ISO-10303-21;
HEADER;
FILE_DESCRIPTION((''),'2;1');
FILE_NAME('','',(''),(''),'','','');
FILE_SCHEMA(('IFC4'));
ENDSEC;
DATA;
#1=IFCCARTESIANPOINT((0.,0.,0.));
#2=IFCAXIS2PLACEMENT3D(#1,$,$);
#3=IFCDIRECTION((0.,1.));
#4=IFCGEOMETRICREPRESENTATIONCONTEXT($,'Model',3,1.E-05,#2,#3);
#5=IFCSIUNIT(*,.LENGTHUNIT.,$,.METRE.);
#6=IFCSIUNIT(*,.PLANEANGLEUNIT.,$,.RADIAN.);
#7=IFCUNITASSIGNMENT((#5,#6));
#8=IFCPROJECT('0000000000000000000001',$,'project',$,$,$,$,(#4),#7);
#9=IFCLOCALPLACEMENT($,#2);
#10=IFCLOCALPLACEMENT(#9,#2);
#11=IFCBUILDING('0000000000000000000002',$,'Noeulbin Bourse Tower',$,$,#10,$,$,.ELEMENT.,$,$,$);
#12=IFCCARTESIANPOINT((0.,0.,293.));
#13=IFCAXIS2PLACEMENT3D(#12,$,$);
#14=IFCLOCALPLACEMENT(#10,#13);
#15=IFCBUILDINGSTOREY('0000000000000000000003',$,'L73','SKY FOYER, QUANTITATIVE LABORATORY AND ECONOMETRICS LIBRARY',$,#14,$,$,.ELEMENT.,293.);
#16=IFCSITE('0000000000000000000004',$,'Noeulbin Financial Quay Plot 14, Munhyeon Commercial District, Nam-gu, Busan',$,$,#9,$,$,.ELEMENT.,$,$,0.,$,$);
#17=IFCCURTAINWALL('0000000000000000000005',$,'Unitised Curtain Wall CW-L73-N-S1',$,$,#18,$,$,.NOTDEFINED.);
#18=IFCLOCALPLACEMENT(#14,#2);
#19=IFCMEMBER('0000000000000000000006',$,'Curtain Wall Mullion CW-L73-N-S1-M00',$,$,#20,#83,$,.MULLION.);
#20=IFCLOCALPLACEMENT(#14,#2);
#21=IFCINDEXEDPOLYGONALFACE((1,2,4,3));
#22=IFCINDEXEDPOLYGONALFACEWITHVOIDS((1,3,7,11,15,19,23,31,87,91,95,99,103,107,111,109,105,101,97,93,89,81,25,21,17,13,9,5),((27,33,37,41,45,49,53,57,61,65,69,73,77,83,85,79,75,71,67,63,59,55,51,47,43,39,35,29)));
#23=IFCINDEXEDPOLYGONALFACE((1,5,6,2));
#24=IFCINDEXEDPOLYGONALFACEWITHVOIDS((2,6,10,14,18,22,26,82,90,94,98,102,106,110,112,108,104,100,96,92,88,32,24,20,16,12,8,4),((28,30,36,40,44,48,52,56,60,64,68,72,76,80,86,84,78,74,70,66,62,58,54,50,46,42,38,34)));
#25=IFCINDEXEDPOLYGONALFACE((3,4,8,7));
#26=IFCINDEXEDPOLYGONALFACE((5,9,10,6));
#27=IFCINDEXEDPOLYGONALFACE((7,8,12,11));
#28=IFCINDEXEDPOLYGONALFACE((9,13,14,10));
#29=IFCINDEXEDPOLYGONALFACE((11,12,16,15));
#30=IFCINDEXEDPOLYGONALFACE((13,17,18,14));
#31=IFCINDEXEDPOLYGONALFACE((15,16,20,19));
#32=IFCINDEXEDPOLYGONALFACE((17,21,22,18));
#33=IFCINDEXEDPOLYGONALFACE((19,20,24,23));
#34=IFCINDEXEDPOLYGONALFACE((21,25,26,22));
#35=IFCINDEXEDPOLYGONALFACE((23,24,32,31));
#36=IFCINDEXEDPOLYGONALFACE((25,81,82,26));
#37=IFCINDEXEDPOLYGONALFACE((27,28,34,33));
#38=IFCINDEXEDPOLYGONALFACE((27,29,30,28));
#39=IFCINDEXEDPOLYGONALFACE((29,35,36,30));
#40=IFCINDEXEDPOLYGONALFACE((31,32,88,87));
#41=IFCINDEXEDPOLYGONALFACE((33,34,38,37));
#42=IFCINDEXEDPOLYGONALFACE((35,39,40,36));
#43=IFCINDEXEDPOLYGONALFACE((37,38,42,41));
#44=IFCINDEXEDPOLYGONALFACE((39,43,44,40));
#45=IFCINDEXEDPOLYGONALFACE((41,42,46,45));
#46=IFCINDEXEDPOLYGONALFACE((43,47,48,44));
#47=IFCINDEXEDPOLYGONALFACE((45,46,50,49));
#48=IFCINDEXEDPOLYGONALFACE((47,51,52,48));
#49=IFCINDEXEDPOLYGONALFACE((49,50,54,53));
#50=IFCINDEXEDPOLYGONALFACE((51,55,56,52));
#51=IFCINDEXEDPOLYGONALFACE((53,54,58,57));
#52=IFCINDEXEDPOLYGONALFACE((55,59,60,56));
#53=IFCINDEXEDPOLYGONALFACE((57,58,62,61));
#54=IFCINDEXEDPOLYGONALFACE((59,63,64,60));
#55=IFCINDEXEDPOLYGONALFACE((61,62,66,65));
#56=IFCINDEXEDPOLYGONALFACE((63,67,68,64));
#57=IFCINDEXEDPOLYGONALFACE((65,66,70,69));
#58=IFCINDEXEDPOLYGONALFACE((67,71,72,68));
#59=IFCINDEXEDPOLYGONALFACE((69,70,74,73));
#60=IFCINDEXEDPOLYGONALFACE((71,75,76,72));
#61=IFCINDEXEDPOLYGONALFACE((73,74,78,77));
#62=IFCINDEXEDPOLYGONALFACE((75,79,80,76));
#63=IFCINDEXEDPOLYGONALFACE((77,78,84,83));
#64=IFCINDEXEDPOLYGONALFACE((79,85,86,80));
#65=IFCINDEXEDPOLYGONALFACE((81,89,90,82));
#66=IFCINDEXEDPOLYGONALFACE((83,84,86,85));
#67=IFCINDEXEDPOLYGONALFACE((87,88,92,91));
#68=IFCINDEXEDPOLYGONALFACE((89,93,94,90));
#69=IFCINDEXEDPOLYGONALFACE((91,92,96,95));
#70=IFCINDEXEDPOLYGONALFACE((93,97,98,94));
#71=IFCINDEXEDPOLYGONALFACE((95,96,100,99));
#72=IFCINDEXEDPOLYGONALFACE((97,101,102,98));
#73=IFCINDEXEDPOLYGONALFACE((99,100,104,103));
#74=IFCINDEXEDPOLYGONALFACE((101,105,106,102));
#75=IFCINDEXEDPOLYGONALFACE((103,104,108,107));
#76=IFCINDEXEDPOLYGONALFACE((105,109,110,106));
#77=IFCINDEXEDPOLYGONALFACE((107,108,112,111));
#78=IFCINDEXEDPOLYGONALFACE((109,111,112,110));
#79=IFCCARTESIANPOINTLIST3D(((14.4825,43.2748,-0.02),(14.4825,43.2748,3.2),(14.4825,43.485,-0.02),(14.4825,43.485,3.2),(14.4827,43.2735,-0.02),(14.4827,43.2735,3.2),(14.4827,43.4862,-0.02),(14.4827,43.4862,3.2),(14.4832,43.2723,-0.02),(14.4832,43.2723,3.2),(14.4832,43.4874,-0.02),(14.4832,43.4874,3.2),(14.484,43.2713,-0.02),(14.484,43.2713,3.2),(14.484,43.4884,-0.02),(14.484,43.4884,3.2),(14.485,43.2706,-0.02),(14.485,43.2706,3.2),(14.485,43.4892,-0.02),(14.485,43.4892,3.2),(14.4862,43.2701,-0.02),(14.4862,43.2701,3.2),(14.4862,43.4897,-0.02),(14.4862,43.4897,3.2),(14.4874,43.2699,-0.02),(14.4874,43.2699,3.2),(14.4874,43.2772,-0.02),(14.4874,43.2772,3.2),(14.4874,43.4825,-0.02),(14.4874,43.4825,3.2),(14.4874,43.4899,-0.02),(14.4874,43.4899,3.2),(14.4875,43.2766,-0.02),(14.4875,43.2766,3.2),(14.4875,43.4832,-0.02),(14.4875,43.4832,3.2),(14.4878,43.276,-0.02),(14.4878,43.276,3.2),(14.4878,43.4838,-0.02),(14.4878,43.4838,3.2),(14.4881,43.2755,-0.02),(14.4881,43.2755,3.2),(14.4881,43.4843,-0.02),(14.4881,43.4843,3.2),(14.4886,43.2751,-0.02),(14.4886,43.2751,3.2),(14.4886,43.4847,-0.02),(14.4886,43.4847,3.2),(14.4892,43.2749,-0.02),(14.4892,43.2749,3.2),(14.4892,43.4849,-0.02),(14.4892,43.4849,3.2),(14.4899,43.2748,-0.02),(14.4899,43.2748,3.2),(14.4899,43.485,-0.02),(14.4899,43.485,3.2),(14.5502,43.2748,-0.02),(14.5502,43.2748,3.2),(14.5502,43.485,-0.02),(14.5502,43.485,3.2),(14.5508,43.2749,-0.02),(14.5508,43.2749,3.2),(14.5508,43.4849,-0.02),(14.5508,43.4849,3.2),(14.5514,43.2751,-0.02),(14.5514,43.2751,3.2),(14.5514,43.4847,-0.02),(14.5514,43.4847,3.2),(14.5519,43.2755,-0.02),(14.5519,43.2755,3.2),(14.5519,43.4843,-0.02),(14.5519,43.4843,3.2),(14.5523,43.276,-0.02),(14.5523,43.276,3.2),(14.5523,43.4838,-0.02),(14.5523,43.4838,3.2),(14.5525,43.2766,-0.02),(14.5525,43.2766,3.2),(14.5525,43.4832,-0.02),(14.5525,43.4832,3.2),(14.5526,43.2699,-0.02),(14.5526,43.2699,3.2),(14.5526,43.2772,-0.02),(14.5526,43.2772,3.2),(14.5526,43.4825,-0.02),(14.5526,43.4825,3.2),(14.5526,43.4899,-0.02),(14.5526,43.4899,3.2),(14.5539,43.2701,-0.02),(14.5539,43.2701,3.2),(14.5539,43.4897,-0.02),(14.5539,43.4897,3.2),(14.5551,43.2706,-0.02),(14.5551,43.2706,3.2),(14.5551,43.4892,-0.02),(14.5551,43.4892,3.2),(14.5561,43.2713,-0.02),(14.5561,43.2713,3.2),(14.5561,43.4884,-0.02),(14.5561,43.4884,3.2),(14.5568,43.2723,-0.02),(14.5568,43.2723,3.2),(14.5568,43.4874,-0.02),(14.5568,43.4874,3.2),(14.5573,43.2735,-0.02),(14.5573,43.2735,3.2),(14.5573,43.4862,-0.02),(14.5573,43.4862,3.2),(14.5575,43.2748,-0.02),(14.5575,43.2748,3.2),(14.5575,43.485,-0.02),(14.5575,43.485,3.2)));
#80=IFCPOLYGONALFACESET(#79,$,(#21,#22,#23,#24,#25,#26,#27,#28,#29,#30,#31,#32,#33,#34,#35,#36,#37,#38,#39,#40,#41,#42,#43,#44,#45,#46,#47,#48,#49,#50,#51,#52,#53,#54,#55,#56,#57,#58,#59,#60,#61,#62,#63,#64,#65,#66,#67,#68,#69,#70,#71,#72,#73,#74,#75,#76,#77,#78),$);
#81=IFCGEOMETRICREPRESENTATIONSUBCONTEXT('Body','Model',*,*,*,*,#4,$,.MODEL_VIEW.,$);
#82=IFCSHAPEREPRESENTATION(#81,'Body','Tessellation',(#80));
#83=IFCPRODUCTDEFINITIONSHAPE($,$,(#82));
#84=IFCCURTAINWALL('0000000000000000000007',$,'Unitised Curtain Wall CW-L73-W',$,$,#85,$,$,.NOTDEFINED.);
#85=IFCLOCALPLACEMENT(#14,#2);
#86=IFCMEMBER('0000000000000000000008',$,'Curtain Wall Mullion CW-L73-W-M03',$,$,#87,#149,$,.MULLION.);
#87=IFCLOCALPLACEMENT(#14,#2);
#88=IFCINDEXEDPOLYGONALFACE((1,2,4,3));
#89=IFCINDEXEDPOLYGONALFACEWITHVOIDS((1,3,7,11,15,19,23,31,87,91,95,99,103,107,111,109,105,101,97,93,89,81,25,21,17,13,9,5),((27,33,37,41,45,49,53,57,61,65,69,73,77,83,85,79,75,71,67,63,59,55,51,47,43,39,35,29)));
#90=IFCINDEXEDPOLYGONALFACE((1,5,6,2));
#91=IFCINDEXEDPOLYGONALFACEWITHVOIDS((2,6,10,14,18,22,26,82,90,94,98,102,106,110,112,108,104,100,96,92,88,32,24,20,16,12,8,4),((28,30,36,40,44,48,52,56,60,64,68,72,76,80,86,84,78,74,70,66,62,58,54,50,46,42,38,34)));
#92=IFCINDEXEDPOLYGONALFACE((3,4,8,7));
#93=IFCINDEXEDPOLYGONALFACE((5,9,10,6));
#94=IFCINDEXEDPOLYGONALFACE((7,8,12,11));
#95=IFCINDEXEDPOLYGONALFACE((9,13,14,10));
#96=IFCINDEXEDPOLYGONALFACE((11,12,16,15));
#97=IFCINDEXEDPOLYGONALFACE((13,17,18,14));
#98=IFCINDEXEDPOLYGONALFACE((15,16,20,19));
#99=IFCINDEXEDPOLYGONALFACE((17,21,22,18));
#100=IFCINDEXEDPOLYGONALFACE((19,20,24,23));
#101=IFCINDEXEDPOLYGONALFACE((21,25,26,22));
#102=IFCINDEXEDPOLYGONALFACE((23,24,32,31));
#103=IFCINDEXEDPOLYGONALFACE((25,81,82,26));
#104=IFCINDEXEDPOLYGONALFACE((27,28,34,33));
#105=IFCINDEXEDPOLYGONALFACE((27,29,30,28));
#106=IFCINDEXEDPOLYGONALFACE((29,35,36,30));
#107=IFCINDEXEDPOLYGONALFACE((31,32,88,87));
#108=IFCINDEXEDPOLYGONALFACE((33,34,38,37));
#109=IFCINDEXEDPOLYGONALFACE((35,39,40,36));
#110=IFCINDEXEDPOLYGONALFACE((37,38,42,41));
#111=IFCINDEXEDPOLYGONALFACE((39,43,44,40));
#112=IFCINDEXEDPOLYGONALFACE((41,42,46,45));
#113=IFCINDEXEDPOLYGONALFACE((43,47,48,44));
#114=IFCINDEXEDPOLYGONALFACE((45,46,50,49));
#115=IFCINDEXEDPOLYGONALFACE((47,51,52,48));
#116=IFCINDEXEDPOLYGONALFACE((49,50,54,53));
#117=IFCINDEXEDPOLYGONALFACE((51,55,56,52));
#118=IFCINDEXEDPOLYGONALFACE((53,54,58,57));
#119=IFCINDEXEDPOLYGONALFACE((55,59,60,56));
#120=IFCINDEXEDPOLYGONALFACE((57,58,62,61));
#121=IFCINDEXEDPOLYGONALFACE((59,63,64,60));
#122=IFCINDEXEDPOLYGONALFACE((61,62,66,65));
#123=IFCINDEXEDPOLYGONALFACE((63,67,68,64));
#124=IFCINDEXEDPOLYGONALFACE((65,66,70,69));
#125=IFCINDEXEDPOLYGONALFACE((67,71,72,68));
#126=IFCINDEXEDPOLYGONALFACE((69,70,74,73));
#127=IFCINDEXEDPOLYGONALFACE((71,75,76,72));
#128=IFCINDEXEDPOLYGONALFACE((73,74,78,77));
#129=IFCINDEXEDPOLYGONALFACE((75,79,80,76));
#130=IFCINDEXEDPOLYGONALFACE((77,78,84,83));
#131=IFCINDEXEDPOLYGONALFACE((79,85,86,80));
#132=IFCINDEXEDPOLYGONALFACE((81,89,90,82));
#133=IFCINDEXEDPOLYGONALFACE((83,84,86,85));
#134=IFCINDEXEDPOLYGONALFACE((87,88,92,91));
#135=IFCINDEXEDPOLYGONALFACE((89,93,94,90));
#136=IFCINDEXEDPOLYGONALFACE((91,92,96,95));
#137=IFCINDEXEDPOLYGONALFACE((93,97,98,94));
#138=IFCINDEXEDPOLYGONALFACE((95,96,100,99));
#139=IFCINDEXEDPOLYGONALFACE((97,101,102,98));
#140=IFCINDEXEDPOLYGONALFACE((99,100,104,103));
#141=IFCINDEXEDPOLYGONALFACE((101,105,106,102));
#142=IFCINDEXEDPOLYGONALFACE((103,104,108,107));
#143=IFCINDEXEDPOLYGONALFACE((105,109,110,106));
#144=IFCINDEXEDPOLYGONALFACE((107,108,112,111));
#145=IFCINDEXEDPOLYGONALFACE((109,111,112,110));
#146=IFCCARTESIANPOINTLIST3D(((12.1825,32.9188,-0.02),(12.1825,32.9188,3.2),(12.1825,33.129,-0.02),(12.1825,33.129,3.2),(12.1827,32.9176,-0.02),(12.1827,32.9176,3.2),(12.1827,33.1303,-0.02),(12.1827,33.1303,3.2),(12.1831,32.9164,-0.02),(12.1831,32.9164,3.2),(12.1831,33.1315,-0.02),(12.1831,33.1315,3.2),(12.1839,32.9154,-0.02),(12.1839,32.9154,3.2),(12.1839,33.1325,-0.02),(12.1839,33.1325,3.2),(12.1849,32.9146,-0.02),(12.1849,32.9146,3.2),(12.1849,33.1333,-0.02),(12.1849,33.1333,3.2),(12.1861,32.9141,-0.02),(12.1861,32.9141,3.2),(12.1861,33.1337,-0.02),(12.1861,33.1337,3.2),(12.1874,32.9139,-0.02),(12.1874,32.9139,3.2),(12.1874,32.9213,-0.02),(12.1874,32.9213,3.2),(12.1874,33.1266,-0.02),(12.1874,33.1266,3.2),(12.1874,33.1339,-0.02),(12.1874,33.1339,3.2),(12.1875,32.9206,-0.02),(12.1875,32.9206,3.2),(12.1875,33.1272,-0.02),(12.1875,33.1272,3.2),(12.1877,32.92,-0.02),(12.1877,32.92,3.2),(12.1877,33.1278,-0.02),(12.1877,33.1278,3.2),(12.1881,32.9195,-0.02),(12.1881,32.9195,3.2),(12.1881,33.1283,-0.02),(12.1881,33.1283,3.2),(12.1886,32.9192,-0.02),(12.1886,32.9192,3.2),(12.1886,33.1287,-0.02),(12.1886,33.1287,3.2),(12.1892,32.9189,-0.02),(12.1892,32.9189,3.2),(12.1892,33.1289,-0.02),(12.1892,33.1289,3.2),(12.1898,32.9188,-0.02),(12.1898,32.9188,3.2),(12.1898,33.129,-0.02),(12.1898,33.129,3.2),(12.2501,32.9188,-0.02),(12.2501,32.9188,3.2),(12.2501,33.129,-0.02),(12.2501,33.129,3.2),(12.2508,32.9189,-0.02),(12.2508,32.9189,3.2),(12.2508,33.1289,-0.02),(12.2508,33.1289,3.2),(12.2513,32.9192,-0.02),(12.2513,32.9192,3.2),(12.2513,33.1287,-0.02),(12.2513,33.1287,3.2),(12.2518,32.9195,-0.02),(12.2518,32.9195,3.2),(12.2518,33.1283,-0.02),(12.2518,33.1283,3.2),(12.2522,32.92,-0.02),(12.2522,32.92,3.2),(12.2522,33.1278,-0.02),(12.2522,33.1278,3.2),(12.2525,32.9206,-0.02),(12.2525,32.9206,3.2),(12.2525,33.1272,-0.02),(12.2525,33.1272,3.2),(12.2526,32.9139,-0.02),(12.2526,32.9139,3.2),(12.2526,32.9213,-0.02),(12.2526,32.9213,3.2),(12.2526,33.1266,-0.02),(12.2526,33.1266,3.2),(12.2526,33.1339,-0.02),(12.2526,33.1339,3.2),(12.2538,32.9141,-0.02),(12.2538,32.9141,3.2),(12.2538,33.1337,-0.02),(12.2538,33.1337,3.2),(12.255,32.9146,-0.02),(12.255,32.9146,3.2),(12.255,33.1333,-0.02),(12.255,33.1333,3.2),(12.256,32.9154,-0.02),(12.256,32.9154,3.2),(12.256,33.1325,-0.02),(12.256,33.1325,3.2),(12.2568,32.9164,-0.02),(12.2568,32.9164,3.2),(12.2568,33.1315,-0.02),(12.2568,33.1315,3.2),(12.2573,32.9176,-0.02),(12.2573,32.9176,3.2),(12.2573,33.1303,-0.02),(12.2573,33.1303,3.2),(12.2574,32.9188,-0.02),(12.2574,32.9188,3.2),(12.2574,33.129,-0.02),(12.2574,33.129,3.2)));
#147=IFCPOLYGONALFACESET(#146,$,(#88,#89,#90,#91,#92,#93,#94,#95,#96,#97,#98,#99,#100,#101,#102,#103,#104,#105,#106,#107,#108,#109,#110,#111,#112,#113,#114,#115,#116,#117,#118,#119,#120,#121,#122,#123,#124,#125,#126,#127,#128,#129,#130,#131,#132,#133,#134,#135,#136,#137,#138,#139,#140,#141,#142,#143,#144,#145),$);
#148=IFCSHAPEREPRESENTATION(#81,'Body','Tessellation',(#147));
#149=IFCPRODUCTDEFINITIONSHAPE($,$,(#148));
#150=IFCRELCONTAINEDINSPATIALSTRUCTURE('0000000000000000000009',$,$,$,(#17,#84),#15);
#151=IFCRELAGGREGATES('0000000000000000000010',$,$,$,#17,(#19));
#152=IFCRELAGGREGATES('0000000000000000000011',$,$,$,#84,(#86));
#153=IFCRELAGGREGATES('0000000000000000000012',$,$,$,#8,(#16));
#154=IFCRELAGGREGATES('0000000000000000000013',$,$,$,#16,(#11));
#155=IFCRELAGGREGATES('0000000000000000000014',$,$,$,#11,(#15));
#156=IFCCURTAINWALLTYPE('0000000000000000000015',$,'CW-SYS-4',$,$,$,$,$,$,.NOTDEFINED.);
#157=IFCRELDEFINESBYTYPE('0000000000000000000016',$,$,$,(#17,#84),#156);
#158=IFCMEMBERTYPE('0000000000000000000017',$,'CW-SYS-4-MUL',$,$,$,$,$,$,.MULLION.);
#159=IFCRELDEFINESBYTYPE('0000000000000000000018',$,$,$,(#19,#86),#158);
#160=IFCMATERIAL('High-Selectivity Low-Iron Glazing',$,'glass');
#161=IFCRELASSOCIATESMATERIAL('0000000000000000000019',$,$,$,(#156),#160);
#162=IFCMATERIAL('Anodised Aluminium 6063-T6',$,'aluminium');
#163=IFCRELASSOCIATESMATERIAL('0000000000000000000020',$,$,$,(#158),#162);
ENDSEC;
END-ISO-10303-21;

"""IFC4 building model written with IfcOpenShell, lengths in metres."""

from ifc_helpers import new_model, si_unit, direction, frame, origin, origin_2d, place, context, subcontext, project, spatial, hollow_rectangle, extrude, material, material_profile, profile_set, type_object, element, aggregate, save


model = new_model("IFC4")

# Units and contexts
model_context = context("Model", 3, precision=1e-05, world=origin(), true_north=direction((0.0, 1.0)))
body_context = subcontext(model_context, "Body", "Model", "MODEL_VIEW")
ifc_project = project(units=[si_unit("LENGTHUNIT", "METRE"), si_unit("PLANEANGLEUNIT", "RADIAN")], contexts=[model_context])

# Site, building, storey
site_placement = place(None, origin())
site = spatial("IfcSite", under=ifc_project, at=site_placement, Name="Noeulbin Financial Quay Plot 14, Munhyeon Commercial District, Nam-gu, Busan", CompositionType="ELEMENT", RefElevation=0.0)
building_placement = place(site_placement, origin())
building = spatial("IfcBuilding", under=site, at=building_placement, Name="Noeulbin Bourse Tower", CompositionType="ELEMENT")
storey_placement = place(building_placement, frame((0.0, 0.0, 293.0)))
storey = spatial("IfcBuildingStorey", under=building, at=storey_placement, Name="L73", Description="SKY FOYER, QUANTITATIVE LABORATORY AND ECONOMETRICS LIBRARY", CompositionType="ELEMENT", Elevation=293.0)

# Curtain wall, member
ifc_material_1 = material(Name="High-Selectivity Low-Iron Glazing", Category="glass")
curtain_wall_type = type_object("IfcCurtainWallType", Name="CW-SYS-4", PredefinedType="NOTDEFINED", material=ifc_material_1)
curtain_wall_1_placement = place(storey_placement, origin())
curtain_wall_1 = element("IfcCurtainWall", 1, at=curtain_wall_1_placement, inside=storey, type_object=curtain_wall_type, Name="Unitised Curtain Wall CW-L73-N-S1", PredefinedType="NOTDEFINED")
ifc_material_2 = material(Name="Anodised Aluminium 6063-T6", Category="aluminium")
ifc_material_profile_1 = material_profile(ifc_material_2, hollow_rectangle(XDim=0.075, YDim=0.22, WallThickness=0.0049, InnerFilletRadius=0.0024, OuterFilletRadius=0.0049, at=origin_2d()), Name="ALU-MULL-75x220x5", Category="LoadBearing")
ifc_profile_set_1 = profile_set([ifc_material_profile_1], Name="Anodised Aluminium 6063-T6")
member_type_1 = type_object("IfcMemberType", Name="CW-SYS-4-MUL", PredefinedType="MULLION", material=ifc_profile_set_1)
member_1_placement = place(storey_placement, frame((14.52, 43.3799, -0.02), z_axis=(0.0, 0.0, 1.0), x_axis=(1.0, 0.0, 0.0)))
member_1 = element("IfcMember", 2, at=member_1_placement, type_object=member_type_1, Name="Curtain Wall Mullion CW-L73-N-S1-M00", PredefinedType="MULLION", context=body_context, shape_type="SweptSolid", body=[
    extrude(hollow_rectangle(XDim=0.075, YDim=0.22, WallThickness=0.0049, InnerFilletRadius=0.0024, OuterFilletRadius=0.0049, at=origin_2d()), origin(), (0.0, 0.0, 1.0), 3.22),
])

# Curtain wall, member
curtain_wall_2_placement = place(storey_placement, origin())
curtain_wall_2 = element("IfcCurtainWall", 3, at=curtain_wall_2_placement, inside=storey, type_object=curtain_wall_type, Name="Unitised Curtain Wall CW-L73-W", PredefinedType="NOTDEFINED")
member_2_placement = place(storey_placement, frame((12.22, 33.0239, -0.02), z_axis=(0.0, 0.0, 1.0), x_axis=(1.0, 0.0, 0.0)))
member_2 = element("IfcMember", 4, at=member_2_placement, type_object=member_type_1, Name="Curtain Wall Mullion CW-L73-W-M03", PredefinedType="MULLION", context=body_context, shape_type="SweptSolid", body=[
    extrude(hollow_rectangle(XDim=0.075, YDim=0.22, WallThickness=0.0049, InnerFilletRadius=0.0024, OuterFilletRadius=0.0049, at=origin_2d()), origin(), (0.0, 0.0, 1.0), 3.22),
])

aggregate(curtain_wall_1, [member_1])
aggregate(curtain_wall_2, [member_2])

save(model, "model.ifc")
